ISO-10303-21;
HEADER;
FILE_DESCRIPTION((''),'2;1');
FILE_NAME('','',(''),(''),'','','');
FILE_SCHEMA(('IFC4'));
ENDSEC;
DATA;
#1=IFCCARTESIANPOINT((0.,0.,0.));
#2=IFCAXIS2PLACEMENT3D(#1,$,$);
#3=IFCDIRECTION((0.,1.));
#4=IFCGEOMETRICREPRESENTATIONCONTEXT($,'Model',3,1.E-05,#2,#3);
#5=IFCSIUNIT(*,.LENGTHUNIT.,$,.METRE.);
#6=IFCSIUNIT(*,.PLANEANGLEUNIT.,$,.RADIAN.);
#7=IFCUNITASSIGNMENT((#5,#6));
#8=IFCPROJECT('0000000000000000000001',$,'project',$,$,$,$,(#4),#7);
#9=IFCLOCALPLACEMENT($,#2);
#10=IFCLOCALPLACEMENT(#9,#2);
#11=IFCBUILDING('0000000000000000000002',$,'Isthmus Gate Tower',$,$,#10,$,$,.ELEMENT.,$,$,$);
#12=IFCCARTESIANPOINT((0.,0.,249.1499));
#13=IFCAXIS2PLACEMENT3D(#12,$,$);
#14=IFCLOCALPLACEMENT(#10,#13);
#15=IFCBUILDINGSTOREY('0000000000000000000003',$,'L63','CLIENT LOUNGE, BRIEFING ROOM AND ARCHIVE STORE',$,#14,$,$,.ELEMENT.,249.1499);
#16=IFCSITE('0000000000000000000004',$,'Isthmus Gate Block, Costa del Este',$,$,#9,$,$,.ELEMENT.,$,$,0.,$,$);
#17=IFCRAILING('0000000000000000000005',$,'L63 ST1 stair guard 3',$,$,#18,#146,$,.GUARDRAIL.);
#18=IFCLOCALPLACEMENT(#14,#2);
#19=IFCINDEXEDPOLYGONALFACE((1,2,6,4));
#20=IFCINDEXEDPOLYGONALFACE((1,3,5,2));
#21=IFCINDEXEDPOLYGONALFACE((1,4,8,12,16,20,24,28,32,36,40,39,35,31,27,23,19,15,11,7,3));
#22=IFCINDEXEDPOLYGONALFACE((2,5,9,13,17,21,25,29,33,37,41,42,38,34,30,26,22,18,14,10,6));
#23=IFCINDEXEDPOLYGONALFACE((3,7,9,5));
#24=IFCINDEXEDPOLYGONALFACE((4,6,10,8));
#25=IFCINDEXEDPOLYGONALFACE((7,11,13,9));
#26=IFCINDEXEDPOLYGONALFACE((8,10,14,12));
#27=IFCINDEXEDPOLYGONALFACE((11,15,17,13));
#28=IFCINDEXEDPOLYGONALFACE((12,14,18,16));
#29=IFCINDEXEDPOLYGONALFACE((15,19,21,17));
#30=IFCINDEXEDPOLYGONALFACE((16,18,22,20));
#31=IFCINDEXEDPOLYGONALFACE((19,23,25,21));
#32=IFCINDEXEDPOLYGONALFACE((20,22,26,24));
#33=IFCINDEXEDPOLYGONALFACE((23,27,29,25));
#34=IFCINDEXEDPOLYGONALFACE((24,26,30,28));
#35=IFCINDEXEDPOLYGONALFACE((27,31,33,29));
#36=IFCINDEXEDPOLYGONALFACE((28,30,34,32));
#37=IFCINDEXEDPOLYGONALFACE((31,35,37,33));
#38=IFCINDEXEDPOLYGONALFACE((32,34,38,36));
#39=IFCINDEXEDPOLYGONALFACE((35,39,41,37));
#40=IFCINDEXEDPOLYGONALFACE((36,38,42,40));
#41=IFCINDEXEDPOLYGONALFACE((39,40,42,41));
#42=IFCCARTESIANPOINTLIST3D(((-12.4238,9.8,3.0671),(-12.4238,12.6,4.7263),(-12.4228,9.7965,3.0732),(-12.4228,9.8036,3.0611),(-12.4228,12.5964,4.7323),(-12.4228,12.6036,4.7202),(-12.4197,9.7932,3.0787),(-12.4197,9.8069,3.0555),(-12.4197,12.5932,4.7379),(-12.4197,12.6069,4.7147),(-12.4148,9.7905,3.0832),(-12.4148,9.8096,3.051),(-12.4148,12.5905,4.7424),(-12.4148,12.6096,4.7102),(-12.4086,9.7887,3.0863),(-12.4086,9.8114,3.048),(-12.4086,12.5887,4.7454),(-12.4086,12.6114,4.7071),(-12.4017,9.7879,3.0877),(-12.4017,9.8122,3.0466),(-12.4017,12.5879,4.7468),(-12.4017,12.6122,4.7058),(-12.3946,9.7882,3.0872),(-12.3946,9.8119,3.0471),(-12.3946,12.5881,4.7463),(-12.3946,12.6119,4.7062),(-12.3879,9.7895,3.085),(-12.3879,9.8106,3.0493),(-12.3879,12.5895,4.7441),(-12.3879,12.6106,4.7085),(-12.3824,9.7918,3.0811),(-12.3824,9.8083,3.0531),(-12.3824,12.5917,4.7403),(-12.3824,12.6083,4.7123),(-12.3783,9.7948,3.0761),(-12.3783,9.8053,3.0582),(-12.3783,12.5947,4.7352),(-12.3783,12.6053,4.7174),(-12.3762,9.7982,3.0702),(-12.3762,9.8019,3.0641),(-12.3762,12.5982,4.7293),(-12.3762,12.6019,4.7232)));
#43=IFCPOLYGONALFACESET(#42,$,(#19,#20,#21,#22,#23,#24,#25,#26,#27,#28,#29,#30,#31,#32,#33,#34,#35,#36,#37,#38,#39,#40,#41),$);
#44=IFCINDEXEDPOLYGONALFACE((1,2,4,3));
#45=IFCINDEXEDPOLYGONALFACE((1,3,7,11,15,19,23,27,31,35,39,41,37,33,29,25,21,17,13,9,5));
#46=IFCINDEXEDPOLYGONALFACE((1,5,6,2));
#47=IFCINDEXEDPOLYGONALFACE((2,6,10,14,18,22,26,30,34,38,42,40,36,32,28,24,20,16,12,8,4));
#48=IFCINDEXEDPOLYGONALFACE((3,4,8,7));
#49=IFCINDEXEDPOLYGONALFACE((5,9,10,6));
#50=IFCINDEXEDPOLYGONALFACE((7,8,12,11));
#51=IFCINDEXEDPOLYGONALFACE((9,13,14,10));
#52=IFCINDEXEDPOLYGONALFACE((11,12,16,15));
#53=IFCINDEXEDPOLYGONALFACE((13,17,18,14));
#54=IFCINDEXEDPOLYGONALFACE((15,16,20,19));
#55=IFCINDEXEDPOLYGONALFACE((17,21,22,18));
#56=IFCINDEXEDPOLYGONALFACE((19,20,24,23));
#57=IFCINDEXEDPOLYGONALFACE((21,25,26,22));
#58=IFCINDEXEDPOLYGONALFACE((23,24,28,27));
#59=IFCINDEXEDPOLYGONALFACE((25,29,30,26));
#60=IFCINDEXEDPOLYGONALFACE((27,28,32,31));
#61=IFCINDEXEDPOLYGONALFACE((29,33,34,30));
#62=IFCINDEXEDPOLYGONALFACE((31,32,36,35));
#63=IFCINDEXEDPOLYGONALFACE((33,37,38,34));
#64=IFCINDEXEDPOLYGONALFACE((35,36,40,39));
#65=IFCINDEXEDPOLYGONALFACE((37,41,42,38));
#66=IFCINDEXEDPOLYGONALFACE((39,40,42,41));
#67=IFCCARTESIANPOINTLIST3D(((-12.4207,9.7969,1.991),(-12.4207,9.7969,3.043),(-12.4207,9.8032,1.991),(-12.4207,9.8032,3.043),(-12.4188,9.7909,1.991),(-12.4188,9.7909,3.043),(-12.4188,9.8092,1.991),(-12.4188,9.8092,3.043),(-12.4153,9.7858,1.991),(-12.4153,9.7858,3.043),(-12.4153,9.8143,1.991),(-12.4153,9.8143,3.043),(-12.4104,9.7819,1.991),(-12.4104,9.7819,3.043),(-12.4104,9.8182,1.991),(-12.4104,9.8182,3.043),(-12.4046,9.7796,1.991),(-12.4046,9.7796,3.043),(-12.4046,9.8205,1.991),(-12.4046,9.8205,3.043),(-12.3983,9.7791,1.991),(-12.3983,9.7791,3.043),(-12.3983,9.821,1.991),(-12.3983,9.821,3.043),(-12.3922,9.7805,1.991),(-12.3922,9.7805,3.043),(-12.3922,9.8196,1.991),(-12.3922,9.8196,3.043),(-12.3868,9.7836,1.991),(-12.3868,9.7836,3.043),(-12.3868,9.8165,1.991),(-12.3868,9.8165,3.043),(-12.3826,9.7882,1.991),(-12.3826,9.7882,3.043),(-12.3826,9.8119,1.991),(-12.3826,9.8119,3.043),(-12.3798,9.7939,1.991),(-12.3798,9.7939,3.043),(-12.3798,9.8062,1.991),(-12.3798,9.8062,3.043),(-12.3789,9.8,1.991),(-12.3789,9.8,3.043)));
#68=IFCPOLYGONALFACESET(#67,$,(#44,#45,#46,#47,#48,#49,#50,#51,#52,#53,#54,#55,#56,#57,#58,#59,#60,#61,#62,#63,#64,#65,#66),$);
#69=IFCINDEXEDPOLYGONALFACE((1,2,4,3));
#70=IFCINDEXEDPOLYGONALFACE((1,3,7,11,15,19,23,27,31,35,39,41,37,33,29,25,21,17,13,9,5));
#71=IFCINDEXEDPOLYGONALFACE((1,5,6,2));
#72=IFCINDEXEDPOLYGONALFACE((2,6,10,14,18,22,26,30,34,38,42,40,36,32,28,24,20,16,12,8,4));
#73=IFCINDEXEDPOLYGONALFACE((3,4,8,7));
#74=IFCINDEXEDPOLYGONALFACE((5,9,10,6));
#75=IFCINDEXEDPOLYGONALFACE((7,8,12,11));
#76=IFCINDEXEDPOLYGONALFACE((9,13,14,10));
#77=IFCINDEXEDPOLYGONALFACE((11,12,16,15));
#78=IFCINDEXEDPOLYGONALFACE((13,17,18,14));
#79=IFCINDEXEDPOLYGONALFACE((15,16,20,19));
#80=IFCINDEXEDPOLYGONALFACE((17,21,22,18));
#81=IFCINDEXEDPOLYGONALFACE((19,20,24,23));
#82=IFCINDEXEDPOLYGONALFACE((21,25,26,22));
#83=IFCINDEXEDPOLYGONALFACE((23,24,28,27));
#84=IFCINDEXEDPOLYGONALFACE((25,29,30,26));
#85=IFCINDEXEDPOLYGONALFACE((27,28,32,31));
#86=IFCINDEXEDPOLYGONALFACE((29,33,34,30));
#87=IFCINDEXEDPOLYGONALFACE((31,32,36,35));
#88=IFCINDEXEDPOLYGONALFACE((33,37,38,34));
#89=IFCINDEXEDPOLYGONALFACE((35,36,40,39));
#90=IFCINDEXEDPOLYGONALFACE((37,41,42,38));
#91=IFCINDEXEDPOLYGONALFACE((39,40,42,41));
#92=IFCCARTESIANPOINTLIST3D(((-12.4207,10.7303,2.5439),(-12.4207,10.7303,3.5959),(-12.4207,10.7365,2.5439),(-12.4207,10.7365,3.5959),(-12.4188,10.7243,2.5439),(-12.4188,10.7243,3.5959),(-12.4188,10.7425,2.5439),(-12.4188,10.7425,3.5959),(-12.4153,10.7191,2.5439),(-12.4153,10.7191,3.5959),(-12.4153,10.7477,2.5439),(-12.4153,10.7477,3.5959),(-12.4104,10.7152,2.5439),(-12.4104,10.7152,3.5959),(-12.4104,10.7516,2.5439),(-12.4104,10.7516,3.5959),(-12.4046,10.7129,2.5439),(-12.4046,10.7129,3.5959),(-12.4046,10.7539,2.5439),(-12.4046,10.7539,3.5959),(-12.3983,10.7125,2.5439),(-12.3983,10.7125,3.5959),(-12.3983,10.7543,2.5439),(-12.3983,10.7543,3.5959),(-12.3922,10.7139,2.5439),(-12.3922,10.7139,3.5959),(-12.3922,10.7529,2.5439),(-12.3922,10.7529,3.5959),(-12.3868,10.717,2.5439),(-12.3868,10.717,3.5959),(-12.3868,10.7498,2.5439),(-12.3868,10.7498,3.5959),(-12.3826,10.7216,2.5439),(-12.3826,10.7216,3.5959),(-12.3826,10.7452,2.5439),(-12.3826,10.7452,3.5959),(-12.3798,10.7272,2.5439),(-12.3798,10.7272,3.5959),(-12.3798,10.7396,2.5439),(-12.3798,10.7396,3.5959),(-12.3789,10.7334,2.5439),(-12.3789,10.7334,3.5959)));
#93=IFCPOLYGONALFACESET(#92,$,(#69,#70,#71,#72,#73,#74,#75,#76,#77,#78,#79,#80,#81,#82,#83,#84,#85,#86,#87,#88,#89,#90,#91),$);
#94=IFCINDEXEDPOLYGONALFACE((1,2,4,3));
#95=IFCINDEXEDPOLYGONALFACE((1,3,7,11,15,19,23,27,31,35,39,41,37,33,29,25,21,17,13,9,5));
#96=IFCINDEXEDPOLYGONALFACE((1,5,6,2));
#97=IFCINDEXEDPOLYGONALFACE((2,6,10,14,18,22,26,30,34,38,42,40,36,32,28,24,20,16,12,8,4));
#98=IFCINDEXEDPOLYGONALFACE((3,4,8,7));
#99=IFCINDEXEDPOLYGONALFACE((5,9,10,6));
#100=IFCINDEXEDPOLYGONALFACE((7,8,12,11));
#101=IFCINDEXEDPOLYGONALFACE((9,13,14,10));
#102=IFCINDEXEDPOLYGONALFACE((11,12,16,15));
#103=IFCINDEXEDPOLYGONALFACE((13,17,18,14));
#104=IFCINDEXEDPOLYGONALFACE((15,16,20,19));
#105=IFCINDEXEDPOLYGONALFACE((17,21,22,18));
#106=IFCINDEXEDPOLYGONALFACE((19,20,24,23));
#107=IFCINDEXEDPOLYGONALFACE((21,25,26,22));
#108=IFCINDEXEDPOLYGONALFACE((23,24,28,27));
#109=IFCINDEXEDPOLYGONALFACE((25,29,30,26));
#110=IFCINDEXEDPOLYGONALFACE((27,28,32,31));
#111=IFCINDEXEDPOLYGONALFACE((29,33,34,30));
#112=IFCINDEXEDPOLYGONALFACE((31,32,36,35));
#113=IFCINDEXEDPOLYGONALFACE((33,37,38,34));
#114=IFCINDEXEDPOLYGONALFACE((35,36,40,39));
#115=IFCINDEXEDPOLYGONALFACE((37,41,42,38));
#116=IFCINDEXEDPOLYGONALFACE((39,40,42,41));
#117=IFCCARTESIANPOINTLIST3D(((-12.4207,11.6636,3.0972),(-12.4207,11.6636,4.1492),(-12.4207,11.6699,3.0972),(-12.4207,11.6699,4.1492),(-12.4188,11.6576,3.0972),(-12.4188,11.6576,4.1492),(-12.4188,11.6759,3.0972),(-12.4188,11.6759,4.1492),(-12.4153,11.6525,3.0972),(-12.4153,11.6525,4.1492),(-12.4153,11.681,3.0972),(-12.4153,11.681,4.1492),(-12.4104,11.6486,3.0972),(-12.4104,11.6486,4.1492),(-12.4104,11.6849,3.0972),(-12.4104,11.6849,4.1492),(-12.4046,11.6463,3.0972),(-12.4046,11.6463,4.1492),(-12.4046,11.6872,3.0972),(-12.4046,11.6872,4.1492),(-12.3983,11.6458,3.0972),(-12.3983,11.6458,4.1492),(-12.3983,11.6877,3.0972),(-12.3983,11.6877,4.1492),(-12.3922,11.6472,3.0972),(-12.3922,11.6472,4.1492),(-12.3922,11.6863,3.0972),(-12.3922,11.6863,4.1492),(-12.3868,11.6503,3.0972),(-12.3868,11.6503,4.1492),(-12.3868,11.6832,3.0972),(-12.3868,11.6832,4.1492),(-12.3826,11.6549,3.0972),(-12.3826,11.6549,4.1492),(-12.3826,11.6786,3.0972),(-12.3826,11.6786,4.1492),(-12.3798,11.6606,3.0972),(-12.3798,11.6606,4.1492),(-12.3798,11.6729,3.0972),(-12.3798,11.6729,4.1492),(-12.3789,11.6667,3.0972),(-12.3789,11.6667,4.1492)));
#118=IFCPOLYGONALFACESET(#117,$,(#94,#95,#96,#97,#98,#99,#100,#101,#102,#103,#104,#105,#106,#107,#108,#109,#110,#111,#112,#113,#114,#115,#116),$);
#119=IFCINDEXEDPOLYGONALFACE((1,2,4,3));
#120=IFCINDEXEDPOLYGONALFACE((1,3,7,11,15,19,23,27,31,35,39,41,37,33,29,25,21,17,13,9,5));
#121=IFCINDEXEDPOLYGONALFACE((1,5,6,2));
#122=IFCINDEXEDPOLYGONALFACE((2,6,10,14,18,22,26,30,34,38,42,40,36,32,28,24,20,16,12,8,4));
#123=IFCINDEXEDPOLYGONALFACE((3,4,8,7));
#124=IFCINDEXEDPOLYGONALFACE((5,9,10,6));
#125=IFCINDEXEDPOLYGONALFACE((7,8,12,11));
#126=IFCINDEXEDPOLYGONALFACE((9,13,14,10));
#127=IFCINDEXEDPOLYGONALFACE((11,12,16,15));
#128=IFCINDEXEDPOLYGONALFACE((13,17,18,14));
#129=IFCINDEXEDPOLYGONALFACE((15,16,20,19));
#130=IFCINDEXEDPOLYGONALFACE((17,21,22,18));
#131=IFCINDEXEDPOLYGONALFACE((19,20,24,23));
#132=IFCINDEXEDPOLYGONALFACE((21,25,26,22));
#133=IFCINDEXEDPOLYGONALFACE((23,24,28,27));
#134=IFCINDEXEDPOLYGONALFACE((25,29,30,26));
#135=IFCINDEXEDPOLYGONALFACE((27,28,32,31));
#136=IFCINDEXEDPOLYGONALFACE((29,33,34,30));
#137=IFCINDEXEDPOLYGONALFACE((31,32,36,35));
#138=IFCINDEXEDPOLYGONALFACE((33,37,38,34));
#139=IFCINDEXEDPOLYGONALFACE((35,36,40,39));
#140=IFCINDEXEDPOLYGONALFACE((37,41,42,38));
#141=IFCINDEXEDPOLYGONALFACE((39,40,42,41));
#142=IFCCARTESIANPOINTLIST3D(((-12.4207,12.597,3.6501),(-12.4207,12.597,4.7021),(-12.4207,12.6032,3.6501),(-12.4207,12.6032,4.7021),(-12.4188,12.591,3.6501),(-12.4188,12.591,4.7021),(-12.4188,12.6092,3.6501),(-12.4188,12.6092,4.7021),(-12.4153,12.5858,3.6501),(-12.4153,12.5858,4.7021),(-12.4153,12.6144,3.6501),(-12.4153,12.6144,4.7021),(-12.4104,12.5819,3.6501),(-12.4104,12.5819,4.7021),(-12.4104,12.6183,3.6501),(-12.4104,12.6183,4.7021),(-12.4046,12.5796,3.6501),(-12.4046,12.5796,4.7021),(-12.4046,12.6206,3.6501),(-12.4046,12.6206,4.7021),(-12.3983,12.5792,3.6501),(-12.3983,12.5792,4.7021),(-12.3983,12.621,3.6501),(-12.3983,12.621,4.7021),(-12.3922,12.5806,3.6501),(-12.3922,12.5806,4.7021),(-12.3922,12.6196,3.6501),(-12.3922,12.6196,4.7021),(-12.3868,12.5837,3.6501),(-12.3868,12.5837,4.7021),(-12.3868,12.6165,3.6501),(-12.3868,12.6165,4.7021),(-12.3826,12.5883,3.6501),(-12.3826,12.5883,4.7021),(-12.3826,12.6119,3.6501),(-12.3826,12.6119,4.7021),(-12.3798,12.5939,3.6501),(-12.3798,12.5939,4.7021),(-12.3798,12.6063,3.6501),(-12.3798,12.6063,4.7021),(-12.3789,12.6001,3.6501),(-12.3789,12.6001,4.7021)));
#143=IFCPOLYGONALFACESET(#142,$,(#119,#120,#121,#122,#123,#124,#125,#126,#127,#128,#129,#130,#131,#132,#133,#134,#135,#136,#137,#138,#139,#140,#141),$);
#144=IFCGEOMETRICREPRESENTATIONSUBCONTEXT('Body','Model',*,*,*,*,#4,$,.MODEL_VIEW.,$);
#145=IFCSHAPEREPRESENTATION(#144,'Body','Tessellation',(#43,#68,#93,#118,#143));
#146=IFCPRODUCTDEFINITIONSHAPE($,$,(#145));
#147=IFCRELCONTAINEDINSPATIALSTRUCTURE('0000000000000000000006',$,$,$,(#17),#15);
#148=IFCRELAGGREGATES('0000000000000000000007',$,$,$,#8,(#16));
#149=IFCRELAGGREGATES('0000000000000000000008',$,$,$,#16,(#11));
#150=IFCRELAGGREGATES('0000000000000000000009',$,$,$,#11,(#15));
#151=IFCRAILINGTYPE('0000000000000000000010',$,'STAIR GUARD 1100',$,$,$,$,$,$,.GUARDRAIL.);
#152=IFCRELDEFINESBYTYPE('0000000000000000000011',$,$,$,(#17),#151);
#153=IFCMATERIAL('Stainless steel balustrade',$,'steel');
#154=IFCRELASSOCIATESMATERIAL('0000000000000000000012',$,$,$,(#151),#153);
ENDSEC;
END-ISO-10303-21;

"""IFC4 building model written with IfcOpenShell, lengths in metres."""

from ifc_helpers import new_model, si_unit, direction, frame, origin, origin_2d, place, context, subcontext, project, spatial, circle, extrude, material, type_object, element, save


model = new_model("IFC4")

# Units and contexts
model_context = context("Model", 3, precision=1e-05, world=origin(), true_north=direction((0.0, 1.0)))
body_context = subcontext(model_context, "Body", "Model", "MODEL_VIEW")
ifc_project = project(units=[si_unit("LENGTHUNIT", "METRE"), si_unit("PLANEANGLEUNIT", "RADIAN")], contexts=[model_context])

# Site, building, storey
site_placement = place(None, origin())
site = spatial("IfcSite", under=ifc_project, at=site_placement, Name="Isthmus Gate Block, Costa del Este", CompositionType="ELEMENT", RefElevation=0.0)
building_placement = place(site_placement, origin())
building = spatial("IfcBuilding", under=site, at=building_placement, Name="Isthmus Gate Tower", CompositionType="ELEMENT")
storey_placement = place(building_placement, frame((0.0, 0.0, 249.1499)))
storey = spatial("IfcBuildingStorey", under=building, at=storey_placement, Name="L63", Description="CLIENT LOUNGE, BRIEFING ROOM AND ARCHIVE STORE", CompositionType="ELEMENT", Elevation=249.1499)

# Railing
ifc_material_1 = material(Name="Stainless steel balustrade", Category="steel")
railing_type_1 = type_object("IfcRailingType", Name="STAIR GUARD 1100", PredefinedType="GUARDRAIL", material=ifc_material_1)
railing_1_placement = place(storey_placement, frame((-12.3999, 9.8, 1.991)))
element("IfcRailing", 1, at=railing_1_placement, inside=storey, type_object=railing_type_1, Name="L63 ST1 stair guard 3", PredefinedType="GUARDRAIL", context=body_context, shape_type="SweptSolid", body=[
    extrude(circle(Radius=0.0239, at=origin_2d()), frame((0.0, 0.0, 1.0762), z_axis=(0.0, 0.860306, 0.509778), x_axis=(-1.0, 0.0, 0.0)), (0.0, 0.0, 1.0), 3.2546),
    extrude(circle(Radius=0.021, at=origin_2d()), origin(), (0.0, 0.0, 1.0), 1.052),
    extrude(circle(Radius=0.021, at=origin_2d()), frame((0.0, 0.9333, 0.553)), (0.0, 0.0, 1.0), 1.052),
    extrude(circle(Radius=0.021, at=origin_2d()), frame((0.0, 1.8667, 1.1062)), (0.0, 0.0, 1.0), 1.052),
    extrude(circle(Radius=0.021, at=origin_2d()), frame((0.0, 2.8, 1.6592)), (0.0, 0.0, 1.0), 1.052),
])

save(model, "model.ifc")
